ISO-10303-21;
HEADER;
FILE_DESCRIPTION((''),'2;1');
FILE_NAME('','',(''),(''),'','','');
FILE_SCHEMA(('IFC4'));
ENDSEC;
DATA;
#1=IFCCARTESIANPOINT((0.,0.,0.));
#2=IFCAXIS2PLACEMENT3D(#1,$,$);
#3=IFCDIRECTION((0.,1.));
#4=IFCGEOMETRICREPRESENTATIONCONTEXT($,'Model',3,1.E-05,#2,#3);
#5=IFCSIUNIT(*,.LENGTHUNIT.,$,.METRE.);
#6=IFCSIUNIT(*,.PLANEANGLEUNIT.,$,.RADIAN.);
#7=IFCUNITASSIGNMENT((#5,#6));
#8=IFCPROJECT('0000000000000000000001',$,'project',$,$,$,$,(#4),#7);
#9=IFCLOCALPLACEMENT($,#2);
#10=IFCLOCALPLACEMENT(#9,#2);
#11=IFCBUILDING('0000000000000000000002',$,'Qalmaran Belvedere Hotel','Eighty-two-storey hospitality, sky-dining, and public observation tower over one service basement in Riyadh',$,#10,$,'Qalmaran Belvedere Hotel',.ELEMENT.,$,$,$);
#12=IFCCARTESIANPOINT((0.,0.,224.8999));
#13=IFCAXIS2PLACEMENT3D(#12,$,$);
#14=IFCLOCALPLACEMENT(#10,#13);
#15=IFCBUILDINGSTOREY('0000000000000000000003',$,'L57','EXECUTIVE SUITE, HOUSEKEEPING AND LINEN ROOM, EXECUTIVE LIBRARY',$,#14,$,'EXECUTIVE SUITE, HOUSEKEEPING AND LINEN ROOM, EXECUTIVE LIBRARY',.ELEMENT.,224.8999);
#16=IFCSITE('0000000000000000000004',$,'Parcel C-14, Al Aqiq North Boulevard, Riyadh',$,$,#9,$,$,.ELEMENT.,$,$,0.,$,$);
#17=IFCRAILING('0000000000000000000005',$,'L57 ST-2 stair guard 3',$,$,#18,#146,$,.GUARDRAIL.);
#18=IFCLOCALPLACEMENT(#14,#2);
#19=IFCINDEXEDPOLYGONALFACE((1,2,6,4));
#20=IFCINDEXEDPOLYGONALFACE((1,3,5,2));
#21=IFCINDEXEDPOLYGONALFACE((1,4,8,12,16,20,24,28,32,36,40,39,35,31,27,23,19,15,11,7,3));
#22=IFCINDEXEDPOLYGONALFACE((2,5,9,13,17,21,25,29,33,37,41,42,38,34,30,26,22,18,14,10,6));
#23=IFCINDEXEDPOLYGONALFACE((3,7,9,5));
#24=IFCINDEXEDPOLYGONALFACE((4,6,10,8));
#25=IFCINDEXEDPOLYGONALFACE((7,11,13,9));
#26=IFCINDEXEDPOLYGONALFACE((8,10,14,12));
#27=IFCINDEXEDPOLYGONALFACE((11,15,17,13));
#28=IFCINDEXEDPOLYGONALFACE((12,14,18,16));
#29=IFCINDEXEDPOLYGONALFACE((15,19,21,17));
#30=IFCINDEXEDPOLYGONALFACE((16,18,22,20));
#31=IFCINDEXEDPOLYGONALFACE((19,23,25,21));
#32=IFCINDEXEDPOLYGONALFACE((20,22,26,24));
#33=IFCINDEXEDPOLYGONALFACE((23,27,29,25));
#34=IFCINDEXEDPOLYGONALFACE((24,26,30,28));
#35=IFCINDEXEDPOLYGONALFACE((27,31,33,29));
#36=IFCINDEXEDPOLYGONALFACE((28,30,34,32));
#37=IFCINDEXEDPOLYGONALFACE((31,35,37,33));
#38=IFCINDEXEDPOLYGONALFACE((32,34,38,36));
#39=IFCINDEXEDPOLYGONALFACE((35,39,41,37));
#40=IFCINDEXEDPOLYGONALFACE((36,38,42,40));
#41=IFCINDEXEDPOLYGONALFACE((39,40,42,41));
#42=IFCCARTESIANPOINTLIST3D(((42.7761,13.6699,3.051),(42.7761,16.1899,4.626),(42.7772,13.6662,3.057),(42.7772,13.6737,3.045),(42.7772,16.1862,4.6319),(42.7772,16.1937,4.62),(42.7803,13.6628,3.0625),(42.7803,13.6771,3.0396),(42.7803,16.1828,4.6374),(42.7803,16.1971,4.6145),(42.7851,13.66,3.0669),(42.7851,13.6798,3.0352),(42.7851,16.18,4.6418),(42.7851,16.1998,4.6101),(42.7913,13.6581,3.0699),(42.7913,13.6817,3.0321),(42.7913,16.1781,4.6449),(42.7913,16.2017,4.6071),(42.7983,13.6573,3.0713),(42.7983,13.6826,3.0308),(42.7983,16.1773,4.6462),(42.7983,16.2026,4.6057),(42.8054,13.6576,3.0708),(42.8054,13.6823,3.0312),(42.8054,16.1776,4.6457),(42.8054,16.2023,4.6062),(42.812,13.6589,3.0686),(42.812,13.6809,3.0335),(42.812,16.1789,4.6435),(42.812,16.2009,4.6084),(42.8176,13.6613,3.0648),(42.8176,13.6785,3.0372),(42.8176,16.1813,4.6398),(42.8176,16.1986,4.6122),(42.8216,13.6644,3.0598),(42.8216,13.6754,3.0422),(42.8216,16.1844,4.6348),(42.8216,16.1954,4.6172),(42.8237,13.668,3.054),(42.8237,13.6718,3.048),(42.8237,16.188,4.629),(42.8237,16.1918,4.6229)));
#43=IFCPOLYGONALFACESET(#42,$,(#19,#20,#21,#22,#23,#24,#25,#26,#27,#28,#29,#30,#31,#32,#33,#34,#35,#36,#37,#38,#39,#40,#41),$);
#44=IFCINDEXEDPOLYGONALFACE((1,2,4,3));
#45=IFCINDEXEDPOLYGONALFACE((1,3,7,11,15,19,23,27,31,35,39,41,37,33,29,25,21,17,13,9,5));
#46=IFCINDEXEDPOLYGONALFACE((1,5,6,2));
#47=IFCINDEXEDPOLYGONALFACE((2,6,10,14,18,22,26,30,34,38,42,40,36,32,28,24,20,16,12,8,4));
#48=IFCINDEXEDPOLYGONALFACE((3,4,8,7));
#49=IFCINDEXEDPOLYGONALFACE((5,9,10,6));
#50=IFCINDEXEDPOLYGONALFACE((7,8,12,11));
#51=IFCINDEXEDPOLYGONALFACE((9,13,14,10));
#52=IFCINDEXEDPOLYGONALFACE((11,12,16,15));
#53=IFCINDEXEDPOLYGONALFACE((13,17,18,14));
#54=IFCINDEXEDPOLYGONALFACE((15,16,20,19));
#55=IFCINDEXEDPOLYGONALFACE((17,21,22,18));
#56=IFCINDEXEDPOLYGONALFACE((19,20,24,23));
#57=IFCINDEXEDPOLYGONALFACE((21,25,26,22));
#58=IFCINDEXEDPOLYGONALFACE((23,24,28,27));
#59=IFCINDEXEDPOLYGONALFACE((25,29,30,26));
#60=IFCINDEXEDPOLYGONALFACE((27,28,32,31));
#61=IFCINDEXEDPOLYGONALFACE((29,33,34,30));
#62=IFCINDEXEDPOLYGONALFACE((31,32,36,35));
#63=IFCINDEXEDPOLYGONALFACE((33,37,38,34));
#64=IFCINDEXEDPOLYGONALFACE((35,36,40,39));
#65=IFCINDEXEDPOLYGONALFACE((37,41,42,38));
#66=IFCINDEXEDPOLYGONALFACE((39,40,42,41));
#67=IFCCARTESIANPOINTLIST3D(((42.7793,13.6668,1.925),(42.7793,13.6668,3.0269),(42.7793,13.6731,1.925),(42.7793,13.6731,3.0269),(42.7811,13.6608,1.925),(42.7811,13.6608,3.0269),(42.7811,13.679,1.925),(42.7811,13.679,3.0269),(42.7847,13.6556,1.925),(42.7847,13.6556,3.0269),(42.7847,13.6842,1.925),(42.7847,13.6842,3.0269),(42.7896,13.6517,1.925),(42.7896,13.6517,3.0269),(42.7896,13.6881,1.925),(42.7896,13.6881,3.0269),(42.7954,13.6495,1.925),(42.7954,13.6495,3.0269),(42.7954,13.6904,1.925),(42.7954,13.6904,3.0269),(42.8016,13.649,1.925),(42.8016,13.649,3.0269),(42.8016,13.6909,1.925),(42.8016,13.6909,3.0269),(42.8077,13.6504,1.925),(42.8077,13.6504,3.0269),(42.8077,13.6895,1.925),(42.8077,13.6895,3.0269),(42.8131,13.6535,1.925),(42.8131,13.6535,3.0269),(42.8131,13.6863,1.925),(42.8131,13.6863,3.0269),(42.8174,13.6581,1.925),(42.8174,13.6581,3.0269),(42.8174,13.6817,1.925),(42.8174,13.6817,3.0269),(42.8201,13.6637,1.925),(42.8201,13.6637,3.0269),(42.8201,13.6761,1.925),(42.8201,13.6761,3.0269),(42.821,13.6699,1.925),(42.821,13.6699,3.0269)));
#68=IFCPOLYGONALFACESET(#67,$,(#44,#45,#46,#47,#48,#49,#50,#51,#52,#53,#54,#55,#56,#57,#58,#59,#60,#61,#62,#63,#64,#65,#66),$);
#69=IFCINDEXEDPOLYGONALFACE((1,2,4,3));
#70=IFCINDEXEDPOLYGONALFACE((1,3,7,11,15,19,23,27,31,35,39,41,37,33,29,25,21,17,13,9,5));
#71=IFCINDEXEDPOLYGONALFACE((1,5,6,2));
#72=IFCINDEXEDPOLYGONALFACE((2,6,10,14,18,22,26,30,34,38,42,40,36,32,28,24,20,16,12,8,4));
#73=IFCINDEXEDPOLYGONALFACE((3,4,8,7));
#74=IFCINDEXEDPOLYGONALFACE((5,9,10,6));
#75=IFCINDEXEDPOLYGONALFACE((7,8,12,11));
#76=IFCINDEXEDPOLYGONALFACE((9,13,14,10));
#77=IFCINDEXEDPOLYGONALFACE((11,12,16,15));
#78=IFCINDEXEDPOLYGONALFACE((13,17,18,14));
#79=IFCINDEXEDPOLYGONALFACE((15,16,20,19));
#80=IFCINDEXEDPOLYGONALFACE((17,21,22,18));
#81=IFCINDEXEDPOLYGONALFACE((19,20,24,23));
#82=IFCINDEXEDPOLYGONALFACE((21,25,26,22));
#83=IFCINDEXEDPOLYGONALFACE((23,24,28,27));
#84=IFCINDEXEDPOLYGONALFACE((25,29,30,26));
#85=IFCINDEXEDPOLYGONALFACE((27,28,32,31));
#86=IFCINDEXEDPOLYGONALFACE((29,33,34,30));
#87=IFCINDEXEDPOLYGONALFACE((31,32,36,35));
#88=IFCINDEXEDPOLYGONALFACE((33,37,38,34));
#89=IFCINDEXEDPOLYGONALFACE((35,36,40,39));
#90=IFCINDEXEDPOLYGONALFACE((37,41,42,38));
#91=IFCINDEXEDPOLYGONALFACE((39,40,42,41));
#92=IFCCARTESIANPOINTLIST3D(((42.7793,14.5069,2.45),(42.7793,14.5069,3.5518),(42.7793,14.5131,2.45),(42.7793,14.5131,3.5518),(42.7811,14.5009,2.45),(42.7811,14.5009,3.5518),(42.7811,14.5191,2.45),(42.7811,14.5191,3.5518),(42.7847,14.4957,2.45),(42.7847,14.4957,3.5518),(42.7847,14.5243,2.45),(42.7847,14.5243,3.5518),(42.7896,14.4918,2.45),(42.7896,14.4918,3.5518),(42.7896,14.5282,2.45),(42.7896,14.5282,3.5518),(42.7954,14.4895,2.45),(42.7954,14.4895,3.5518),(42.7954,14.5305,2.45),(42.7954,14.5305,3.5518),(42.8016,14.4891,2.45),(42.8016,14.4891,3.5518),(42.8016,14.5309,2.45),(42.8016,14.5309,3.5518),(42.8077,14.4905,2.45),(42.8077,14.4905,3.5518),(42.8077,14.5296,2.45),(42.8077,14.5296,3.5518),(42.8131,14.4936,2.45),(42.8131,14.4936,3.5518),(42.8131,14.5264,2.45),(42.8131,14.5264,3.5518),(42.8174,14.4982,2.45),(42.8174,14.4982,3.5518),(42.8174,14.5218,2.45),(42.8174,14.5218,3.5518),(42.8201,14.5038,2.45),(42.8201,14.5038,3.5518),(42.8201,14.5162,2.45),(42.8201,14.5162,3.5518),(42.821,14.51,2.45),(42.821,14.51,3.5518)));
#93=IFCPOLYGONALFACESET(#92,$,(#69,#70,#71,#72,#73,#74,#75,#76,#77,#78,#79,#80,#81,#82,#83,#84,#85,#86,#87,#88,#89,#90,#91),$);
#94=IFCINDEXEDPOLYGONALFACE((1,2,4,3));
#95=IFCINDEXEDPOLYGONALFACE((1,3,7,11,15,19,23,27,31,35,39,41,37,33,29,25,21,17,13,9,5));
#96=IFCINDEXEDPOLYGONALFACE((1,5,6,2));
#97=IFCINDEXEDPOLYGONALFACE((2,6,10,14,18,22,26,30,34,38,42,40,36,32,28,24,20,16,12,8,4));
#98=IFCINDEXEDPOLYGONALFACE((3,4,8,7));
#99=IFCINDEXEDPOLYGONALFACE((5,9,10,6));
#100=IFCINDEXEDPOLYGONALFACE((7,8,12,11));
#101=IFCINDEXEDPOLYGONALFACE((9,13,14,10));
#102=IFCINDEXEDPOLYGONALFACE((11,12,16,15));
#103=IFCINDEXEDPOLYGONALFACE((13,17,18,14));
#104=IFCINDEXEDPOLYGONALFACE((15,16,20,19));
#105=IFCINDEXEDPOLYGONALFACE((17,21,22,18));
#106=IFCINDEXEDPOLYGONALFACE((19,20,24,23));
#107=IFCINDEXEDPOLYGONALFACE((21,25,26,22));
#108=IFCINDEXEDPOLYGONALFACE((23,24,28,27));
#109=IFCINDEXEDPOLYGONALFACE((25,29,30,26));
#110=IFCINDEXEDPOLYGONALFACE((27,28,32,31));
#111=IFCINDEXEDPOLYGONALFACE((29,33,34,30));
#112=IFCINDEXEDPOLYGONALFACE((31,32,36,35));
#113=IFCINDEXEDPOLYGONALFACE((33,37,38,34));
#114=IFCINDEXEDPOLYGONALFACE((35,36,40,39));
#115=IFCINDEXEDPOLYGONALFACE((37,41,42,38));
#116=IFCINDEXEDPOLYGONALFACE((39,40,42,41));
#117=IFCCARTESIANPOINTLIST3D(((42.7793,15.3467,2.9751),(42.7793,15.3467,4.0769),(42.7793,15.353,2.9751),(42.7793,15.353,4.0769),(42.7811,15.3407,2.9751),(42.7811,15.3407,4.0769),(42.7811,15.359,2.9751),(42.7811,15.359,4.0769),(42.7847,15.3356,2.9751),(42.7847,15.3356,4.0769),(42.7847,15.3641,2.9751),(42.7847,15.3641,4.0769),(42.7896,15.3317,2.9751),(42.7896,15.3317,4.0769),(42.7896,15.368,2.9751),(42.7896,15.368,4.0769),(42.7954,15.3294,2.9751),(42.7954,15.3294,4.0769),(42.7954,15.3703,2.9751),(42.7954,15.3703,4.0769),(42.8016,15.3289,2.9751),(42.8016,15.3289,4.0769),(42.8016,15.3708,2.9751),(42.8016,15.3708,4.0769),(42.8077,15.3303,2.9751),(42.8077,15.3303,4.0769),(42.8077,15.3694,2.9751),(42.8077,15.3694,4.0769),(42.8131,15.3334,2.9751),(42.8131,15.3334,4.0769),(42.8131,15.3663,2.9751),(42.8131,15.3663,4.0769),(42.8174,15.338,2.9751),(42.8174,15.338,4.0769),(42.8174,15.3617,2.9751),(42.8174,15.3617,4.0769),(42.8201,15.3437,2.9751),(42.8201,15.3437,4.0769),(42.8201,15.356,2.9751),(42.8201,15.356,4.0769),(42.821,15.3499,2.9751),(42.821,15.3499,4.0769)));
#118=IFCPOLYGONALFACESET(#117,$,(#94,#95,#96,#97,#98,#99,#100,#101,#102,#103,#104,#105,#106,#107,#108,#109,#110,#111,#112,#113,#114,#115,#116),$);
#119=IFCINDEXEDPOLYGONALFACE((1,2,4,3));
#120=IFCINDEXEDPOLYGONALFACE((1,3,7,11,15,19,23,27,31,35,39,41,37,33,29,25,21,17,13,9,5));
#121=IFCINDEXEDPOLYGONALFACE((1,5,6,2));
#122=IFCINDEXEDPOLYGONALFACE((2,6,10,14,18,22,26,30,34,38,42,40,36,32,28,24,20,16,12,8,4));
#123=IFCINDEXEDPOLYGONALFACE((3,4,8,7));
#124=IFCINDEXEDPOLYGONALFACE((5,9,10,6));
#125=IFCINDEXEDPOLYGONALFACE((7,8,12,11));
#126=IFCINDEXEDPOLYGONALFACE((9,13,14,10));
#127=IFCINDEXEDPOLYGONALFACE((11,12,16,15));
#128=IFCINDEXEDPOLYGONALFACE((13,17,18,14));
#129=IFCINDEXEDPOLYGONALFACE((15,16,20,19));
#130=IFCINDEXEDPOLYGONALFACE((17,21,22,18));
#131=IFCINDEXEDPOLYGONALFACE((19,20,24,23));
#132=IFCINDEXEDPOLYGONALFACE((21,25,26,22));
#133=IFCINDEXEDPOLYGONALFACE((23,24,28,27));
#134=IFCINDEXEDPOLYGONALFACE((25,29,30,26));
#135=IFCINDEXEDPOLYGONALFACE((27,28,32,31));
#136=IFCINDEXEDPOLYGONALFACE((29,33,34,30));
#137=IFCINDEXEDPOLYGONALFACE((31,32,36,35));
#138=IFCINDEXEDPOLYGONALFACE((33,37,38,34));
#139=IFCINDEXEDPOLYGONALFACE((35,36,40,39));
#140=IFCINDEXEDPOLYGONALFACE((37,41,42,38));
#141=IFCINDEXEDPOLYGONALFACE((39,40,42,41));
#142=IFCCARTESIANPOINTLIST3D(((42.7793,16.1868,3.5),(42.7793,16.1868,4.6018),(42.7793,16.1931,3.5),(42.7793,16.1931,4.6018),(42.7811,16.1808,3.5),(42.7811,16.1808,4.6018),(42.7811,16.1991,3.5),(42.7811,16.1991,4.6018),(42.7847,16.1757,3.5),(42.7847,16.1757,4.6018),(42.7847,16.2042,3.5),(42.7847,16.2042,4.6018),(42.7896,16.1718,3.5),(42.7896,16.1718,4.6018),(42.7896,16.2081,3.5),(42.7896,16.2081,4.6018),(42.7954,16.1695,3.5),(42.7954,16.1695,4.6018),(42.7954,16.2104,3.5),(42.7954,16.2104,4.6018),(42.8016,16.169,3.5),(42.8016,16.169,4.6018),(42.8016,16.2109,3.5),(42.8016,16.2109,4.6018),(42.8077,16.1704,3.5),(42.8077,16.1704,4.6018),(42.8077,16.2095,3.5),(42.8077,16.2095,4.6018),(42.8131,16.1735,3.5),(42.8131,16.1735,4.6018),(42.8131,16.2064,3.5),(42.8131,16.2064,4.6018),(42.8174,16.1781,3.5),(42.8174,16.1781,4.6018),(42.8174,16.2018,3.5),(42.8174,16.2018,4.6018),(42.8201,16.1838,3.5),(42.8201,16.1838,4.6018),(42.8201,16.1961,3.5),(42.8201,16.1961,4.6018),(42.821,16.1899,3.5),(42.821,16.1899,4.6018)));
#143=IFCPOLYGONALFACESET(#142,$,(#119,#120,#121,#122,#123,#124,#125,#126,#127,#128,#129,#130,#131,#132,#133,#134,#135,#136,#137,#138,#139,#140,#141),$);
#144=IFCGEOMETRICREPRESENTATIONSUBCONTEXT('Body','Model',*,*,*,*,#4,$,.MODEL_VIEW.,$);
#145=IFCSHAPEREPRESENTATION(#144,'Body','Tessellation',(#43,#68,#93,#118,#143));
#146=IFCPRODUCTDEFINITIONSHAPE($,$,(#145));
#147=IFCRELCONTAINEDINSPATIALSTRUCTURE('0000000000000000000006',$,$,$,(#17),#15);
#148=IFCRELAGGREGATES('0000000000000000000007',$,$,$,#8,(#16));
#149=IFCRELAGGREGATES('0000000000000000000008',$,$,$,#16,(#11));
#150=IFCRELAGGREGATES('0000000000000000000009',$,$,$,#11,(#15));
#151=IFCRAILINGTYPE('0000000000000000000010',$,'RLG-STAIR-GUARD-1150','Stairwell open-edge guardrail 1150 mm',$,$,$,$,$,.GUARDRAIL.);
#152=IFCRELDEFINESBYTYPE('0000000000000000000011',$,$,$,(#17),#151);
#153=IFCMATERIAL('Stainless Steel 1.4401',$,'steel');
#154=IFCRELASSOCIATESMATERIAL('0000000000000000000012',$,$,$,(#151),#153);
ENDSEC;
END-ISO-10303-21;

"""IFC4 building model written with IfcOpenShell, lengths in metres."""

from ifc_helpers import new_model, si_unit, direction, frame, origin, origin_2d, place, context, subcontext, project, spatial, circle, extrude, material, type_object, element, save


model = new_model("IFC4")

# Units and contexts
model_context = context("Model", 3, precision=1e-05, world=origin(), true_north=direction((0.0, 1.0)))
body_context = subcontext(model_context, "Body", "Model", "MODEL_VIEW")
ifc_project = project(units=[si_unit("LENGTHUNIT", "METRE"), si_unit("PLANEANGLEUNIT", "RADIAN")], contexts=[model_context])

# Site, building, storey
site_placement = place(None, origin())
site = spatial("IfcSite", under=ifc_project, at=site_placement, Name="Parcel C-14, Al Aqiq North Boulevard, Riyadh", CompositionType="ELEMENT", RefElevation=0.0)
building_placement = place(site_placement, origin())
building = spatial("IfcBuilding", under=site, at=building_placement, Name="Qalmaran Belvedere Hotel", Description="Eighty-two-storey hospitality, sky-dining, and public observation tower over one service basement in Riyadh", LongName="Qalmaran Belvedere Hotel", CompositionType="ELEMENT")
storey_placement = place(building_placement, frame((0.0, 0.0, 224.8999)))
storey = spatial("IfcBuildingStorey", under=building, at=storey_placement, Name="L57", Description="EXECUTIVE SUITE, HOUSEKEEPING AND LINEN ROOM, EXECUTIVE LIBRARY", LongName="EXECUTIVE SUITE, HOUSEKEEPING AND LINEN ROOM, EXECUTIVE LIBRARY", CompositionType="ELEMENT", Elevation=224.8999)

# Railing
ifc_material_1 = material(Name="Stainless Steel 1.4401", Category="steel")
railing_type_1 = type_object("IfcRailingType", Name="RLG-STAIR-GUARD-1150", Description="Stairwell open-edge guardrail 1150 mm", PredefinedType="GUARDRAIL", material=ifc_material_1)
railing_1_placement = place(storey_placement, frame((42.8, 13.6699, 1.925)))
element("IfcRailing", 1, at=railing_1_placement, inside=storey, type_object=railing_type_1, Name="L57 ST-2 stair guard 3", PredefinedType="GUARDRAIL", context=body_context, shape_type="SweptSolid", body=[
    extrude(circle(Radius=0.0239, at=origin_2d()), frame((0.0, 0.0, 1.126), z_axis=(0.0, 0.848008, 0.529984), x_axis=(-1.0, 0.0, 0.0)), (0.0, 0.0, 1.0), 2.9717),
    extrude(circle(Radius=0.021, at=origin_2d()), origin(), (0.0, 0.0, 1.0), 1.1018),
    extrude(circle(Radius=0.021, at=origin_2d()), frame((0.0, 0.8401, 0.5249)), (0.0, 0.0, 1.0), 1.1018),
    extrude(circle(Radius=0.021, at=origin_2d()), frame((0.0, 1.6799, 1.05)), (0.0, 0.0, 1.0), 1.1018),
    extrude(circle(Radius=0.021, at=origin_2d()), frame((0.0, 2.52, 1.575)), (0.0, 0.0, 1.0), 1.1018),
])

save(model, "model.ifc")
